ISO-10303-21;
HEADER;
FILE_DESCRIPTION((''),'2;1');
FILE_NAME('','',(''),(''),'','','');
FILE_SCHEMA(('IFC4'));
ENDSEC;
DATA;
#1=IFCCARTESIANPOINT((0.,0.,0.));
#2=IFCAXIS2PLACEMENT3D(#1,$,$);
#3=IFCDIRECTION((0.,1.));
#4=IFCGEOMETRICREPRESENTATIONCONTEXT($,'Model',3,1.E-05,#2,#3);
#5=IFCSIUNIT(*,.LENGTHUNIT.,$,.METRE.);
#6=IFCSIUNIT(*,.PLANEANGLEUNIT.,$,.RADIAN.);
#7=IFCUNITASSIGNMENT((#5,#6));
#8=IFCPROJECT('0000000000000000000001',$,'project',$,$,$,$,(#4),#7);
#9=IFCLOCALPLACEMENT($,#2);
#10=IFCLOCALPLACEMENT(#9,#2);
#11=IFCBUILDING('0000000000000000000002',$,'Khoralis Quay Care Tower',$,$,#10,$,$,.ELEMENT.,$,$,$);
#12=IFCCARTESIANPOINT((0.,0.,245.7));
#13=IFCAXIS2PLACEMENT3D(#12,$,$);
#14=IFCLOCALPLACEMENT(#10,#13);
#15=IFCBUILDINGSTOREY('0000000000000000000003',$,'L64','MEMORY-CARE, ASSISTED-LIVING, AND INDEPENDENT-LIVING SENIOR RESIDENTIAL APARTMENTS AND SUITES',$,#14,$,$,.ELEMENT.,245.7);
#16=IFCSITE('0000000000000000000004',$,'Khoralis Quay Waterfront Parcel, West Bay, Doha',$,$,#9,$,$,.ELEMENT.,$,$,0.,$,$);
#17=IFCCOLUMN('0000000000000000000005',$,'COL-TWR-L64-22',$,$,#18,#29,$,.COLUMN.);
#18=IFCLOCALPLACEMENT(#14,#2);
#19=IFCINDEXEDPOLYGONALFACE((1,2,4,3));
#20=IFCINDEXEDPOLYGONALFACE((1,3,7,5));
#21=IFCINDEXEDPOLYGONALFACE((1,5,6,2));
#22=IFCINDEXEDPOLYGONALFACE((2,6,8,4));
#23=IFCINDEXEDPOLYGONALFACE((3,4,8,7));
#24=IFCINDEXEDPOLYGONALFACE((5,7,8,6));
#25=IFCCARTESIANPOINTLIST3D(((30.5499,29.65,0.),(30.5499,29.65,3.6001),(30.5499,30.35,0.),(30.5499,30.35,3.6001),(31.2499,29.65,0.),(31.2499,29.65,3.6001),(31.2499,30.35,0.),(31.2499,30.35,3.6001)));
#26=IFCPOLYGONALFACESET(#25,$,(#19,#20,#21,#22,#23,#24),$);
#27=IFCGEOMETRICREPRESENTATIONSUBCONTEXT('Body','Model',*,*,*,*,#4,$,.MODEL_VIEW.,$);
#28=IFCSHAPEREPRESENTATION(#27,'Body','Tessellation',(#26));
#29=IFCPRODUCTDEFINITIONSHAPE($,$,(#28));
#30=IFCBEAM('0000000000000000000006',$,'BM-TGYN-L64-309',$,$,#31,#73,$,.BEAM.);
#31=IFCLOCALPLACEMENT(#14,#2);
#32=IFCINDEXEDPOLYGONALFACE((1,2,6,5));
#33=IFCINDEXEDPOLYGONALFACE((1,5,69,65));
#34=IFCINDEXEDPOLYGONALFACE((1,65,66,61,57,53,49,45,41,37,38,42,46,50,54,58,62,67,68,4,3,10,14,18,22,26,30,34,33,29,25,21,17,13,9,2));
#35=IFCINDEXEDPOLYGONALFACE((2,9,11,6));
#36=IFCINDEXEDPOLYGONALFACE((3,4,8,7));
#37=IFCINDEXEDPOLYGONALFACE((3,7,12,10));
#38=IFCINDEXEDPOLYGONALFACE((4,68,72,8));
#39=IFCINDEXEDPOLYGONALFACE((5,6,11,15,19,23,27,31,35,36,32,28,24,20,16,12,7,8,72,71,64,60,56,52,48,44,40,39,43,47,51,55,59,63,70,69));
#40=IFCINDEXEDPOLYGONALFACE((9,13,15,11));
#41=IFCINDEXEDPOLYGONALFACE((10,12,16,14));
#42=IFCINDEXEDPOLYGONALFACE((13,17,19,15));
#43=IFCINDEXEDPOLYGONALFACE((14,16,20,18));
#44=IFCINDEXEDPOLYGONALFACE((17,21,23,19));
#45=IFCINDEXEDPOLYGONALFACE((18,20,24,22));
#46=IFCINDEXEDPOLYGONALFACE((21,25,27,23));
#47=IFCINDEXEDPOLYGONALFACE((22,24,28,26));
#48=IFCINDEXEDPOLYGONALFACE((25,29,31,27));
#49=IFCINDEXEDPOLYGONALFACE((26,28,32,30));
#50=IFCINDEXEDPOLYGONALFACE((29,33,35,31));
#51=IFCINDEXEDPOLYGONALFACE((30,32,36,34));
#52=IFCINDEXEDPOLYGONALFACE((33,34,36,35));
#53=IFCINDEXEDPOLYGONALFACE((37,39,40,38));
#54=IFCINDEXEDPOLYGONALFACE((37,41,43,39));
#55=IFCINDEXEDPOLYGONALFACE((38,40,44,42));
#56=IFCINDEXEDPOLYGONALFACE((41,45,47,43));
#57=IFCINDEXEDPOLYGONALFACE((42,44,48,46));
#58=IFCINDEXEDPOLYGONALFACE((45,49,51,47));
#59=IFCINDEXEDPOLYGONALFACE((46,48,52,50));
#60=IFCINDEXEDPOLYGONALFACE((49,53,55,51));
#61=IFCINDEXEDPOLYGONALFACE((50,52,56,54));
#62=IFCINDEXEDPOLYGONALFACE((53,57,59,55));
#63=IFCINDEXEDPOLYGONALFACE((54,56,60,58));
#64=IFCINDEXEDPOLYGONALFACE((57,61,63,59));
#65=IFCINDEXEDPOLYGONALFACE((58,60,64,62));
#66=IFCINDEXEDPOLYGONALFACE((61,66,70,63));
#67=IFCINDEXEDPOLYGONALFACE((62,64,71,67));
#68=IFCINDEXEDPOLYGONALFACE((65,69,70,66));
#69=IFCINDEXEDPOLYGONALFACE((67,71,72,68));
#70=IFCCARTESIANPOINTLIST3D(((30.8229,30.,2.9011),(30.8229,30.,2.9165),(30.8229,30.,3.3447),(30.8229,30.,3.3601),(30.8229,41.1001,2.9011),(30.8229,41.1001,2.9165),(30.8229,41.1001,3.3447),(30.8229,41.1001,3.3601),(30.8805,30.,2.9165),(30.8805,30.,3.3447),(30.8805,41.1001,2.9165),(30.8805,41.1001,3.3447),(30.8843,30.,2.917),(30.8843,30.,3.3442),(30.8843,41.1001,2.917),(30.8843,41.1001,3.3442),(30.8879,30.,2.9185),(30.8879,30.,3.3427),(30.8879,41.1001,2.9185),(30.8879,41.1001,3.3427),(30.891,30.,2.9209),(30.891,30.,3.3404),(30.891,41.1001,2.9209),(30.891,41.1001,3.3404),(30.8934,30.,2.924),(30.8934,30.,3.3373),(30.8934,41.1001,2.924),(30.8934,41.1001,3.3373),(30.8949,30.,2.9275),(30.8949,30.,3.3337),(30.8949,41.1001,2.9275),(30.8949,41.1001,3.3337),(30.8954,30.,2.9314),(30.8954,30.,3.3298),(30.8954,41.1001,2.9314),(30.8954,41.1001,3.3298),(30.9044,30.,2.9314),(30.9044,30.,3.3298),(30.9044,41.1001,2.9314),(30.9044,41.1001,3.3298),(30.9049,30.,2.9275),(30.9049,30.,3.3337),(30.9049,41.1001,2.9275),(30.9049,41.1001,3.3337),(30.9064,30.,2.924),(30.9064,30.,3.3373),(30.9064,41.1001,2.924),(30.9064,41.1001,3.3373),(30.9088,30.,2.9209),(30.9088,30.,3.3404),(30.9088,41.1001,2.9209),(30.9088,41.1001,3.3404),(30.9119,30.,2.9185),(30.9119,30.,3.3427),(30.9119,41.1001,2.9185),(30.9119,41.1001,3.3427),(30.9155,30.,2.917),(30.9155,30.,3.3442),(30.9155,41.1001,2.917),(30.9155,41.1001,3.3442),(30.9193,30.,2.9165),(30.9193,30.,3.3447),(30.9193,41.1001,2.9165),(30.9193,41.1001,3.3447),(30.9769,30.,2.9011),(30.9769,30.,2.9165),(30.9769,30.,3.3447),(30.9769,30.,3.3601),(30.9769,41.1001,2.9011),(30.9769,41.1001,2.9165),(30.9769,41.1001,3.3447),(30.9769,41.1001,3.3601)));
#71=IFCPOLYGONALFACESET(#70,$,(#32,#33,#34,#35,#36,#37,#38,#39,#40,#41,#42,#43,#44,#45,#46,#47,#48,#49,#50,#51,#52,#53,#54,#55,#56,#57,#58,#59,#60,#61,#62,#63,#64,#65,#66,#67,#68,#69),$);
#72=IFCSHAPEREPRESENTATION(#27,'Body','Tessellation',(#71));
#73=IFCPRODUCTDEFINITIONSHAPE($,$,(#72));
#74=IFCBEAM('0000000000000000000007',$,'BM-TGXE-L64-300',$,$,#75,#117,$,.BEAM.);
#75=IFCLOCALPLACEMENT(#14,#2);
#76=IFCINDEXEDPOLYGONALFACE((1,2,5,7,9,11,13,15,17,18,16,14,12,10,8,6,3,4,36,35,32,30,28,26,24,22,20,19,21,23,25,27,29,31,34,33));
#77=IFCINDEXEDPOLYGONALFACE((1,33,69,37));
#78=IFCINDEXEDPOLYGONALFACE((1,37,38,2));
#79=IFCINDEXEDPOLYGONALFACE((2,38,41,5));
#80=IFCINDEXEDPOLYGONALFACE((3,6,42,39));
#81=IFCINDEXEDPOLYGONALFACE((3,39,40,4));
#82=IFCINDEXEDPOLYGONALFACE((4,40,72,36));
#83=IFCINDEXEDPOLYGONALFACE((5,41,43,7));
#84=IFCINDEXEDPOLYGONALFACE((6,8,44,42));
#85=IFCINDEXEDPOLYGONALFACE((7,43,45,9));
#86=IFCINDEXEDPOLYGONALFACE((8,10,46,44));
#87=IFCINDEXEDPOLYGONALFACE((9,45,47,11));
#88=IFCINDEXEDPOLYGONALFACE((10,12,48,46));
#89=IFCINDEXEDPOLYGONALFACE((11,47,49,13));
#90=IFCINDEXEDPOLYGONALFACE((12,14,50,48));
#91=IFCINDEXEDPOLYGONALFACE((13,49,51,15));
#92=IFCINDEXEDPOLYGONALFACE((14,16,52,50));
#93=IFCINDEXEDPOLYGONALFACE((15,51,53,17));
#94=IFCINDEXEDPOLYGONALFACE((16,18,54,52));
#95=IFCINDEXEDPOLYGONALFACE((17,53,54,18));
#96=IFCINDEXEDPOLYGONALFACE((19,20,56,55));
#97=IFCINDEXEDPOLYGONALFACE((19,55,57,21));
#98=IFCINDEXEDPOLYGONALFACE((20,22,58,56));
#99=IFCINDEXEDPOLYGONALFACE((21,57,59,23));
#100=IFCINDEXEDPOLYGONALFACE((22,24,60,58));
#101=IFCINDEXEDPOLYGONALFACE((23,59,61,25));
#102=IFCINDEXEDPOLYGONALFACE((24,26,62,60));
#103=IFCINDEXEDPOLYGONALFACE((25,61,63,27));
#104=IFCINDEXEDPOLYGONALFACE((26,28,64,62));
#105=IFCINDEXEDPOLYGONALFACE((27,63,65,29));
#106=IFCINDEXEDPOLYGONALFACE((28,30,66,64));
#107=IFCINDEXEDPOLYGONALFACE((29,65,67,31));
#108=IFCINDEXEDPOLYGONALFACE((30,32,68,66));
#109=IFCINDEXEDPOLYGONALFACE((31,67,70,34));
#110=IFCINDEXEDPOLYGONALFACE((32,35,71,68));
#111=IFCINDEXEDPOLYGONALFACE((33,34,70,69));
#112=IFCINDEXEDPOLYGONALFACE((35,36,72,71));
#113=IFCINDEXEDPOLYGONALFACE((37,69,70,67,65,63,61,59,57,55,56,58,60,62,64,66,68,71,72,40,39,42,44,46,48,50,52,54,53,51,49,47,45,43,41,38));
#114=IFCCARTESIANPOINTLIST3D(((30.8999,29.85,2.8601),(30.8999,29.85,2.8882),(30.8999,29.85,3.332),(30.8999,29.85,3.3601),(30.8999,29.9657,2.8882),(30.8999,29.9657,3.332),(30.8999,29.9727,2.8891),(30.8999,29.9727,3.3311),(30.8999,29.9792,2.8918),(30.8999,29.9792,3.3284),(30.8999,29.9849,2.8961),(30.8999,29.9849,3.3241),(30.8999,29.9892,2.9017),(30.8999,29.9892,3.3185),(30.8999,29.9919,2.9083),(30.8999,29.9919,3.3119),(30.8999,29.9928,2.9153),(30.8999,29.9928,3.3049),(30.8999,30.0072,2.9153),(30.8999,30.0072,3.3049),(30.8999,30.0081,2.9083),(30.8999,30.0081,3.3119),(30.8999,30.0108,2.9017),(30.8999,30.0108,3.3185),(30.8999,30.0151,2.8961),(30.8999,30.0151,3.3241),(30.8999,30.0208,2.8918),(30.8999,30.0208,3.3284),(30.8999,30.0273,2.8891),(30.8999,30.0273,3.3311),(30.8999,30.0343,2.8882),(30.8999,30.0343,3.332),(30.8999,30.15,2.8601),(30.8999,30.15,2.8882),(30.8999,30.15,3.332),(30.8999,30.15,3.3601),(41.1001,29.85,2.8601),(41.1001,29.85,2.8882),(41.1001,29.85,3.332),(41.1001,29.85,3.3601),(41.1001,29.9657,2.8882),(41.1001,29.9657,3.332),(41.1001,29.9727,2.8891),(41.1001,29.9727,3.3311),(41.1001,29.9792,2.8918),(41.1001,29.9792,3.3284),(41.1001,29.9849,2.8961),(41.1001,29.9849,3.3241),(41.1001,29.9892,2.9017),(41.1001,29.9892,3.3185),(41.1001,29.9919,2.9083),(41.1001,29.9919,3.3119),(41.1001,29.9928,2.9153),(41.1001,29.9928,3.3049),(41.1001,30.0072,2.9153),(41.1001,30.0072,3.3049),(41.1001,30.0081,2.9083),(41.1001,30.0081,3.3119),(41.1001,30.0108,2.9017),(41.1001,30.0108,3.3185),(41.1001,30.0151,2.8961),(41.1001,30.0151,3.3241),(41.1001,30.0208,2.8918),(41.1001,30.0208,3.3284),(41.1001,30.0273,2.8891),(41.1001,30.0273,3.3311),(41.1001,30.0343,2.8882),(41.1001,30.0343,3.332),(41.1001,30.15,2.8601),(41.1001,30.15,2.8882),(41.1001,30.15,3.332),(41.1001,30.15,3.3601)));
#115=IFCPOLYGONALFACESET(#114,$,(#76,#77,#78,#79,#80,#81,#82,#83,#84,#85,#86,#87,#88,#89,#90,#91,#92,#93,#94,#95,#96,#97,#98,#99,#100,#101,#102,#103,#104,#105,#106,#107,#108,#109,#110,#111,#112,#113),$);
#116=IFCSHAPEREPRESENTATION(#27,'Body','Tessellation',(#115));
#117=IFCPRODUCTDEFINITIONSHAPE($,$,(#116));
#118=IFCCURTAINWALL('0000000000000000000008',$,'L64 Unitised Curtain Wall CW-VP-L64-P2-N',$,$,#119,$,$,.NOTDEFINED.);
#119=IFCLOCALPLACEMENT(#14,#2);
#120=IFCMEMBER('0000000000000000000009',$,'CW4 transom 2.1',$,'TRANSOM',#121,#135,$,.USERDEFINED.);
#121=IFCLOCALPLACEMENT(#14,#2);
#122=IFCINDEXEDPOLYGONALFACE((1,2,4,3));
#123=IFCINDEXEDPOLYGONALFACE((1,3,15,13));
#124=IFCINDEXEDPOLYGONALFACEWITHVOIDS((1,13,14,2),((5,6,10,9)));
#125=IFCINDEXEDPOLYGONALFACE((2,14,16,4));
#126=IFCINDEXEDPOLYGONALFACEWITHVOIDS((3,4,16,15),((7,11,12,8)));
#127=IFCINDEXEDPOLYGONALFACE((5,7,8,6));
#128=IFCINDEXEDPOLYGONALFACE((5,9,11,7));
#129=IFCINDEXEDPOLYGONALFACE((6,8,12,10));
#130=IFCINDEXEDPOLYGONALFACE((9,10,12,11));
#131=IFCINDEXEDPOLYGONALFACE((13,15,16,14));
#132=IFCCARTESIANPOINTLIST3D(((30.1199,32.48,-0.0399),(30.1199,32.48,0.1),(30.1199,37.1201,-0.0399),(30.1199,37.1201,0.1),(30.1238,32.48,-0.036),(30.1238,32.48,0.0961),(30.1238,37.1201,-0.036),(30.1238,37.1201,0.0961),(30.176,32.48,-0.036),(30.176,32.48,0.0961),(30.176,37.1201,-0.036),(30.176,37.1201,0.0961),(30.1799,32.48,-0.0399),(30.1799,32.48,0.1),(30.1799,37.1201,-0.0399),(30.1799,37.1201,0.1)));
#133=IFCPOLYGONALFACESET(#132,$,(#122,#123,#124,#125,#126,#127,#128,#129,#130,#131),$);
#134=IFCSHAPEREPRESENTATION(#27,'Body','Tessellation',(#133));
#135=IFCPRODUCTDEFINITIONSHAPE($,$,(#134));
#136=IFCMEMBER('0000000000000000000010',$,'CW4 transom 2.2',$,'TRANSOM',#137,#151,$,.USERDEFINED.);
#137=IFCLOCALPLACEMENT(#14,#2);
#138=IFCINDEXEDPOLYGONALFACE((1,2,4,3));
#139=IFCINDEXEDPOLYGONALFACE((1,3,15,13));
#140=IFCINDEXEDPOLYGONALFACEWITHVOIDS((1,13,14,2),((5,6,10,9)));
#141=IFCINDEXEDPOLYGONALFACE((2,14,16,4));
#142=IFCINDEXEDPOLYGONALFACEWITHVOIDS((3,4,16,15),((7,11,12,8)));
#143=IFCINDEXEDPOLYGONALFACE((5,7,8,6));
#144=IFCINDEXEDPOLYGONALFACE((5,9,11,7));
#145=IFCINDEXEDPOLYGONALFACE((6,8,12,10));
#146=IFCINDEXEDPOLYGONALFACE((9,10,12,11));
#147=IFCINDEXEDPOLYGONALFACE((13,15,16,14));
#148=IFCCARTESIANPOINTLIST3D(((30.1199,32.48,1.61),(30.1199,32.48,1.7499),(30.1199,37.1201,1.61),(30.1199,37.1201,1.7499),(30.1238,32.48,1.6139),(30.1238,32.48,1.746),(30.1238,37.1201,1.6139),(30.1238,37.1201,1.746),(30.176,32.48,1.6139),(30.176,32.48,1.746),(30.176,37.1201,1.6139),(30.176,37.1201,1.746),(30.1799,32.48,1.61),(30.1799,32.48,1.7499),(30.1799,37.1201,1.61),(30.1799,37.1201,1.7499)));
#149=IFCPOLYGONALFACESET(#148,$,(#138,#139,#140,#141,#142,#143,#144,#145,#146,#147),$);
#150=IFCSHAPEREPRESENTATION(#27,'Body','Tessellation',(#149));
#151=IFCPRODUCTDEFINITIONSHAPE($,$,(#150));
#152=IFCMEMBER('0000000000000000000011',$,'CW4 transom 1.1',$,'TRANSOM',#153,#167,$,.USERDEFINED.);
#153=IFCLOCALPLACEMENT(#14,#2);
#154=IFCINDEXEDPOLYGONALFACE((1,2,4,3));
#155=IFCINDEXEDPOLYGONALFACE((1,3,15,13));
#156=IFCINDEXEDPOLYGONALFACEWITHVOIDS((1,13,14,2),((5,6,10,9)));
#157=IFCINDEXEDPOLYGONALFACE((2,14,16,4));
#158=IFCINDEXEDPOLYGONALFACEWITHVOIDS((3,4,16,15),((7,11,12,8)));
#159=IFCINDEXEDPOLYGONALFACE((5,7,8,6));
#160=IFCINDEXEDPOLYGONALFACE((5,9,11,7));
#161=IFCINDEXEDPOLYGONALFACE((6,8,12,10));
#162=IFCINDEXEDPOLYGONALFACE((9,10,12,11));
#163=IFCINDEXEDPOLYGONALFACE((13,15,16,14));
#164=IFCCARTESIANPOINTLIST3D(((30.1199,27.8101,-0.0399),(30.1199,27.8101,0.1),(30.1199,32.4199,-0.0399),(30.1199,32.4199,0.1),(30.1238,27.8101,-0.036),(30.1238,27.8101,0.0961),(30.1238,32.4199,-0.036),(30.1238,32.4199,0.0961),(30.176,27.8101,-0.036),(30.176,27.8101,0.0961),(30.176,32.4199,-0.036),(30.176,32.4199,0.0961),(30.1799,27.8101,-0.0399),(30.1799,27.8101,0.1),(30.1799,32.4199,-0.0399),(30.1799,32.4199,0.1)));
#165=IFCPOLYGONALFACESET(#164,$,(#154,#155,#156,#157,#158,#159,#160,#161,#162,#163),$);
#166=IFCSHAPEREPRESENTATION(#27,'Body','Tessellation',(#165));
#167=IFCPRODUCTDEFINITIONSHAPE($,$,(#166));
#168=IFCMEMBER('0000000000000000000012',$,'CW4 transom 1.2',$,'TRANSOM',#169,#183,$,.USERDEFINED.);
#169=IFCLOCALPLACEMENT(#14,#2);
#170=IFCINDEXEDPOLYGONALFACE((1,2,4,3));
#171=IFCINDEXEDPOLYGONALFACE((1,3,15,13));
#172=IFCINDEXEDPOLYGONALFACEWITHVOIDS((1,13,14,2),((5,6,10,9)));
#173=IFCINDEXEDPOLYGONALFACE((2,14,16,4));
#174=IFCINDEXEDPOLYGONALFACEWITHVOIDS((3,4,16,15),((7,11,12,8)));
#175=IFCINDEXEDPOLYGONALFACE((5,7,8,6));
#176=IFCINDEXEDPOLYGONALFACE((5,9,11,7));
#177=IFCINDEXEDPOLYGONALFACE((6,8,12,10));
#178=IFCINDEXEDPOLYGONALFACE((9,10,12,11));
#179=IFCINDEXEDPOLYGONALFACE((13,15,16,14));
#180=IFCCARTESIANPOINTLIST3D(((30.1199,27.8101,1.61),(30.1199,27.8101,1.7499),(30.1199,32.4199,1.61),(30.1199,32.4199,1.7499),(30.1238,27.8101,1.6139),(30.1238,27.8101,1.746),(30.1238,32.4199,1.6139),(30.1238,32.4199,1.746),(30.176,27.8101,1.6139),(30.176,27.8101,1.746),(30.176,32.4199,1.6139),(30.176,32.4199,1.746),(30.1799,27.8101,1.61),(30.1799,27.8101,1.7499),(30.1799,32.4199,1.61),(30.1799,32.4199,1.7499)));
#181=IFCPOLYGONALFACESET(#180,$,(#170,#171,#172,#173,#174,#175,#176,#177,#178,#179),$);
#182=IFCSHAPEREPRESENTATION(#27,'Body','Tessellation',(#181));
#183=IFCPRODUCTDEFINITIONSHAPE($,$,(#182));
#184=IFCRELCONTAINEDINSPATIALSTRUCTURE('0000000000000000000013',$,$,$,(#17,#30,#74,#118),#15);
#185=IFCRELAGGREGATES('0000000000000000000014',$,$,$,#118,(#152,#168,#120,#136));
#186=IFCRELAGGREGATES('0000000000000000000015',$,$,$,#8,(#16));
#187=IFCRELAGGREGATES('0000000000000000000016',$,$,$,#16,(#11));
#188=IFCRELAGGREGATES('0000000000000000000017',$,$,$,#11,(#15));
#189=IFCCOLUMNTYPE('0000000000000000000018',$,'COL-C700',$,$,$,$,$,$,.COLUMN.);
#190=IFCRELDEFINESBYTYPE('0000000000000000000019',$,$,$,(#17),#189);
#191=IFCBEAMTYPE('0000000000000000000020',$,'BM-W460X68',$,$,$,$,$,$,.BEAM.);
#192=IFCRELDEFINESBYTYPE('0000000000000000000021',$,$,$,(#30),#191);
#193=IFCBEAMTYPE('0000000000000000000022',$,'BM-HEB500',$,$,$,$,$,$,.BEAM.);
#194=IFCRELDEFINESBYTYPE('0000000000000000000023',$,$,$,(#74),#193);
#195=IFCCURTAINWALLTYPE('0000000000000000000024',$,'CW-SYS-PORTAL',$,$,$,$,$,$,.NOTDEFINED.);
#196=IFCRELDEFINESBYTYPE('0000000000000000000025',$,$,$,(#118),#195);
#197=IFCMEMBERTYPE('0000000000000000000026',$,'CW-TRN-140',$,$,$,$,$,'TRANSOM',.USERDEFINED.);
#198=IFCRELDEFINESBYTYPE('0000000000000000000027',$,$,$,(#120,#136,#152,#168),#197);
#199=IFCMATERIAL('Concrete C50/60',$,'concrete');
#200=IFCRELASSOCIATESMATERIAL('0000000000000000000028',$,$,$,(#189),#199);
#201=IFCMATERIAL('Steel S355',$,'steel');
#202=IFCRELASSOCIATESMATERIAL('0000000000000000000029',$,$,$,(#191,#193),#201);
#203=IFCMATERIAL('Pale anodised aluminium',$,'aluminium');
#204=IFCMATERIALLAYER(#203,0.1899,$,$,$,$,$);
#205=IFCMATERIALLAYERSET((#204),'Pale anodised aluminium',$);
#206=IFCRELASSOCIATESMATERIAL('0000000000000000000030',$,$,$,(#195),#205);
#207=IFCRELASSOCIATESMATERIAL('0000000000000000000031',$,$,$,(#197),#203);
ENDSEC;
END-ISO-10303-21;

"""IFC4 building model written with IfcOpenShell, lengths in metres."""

from ifc_helpers import new_model, si_unit, direction, frame, origin, origin_2d, place, context, subcontext, project, spatial, rectangle, hollow_rectangle, i_section, extrude, source, transform, mapped, material, layer, layer_set, material_profile, profile_set, type_object, element, aggregate, save


model = new_model("IFC4")

# Units and contexts
model_context = context("Model", 3, precision=1e-05, world=origin(), true_north=direction((0.0, 1.0)))
body_context = subcontext(model_context, "Body", "Model", "MODEL_VIEW")
ifc_project = project(units=[si_unit("LENGTHUNIT", "METRE"), si_unit("PLANEANGLEUNIT", "RADIAN")], contexts=[model_context])

# Site, building, storey
site_placement = place(None, origin())
site = spatial("IfcSite", under=ifc_project, at=site_placement, Name="Khoralis Quay Waterfront Parcel, West Bay, Doha", CompositionType="ELEMENT", RefElevation=0.0)
building_placement = place(site_placement, origin())
building = spatial("IfcBuilding", under=site, at=building_placement, Name="Khoralis Quay Care Tower", CompositionType="ELEMENT")
storey_placement = place(building_placement, frame((0.0, 0.0, 245.7)))
storey = spatial("IfcBuildingStorey", under=building, at=storey_placement, Name="L64", Description="MEMORY-CARE, ASSISTED-LIVING, AND INDEPENDENT-LIVING SENIOR RESIDENTIAL APARTMENTS AND SUITES", CompositionType="ELEMENT", Elevation=245.7)

# Column
ifc_material_1 = material(Name="Concrete C50/60", Category="concrete")
ifc_material_profile_1 = material_profile(ifc_material_1, rectangle(XDim=0.7, YDim=0.7, at=origin_2d()), Name="Concrete C50/60")
ifc_profile_set_1 = profile_set([ifc_material_profile_1], Name="Concrete C50/60")
column_type = type_object("IfcColumnType", Name="COL-C700", PredefinedType="COLUMN", material=ifc_profile_set_1)
shared_shape_1 = source(origin(), body_context, "Body", "SweptSolid", [
    extrude(rectangle(XDim=0.7, YDim=0.7, at=origin_2d()), origin(), (0.0, 0.0, 1.0), 3.6001),
])
column_placement = place(storey_placement, frame((30.8999, 30.0, 0.0), z_axis=(0.0, 0.0, 1.0), x_axis=(1.0, 0.0, 0.0)))
element("IfcColumn", 1, at=column_placement, inside=storey, type_object=column_type, Name="COL-TWR-L64-22", PredefinedType="COLUMN", context=body_context, shape_type="MappedRepresentation", body=[
    mapped(shared_shape_1, transform((0.0, 0.0, 0.0), scale=1.0)),
])

# Beams
ifc_material_2 = material(Name="Steel S355", Category="steel")
ifc_material_profile_2 = material_profile(ifc_material_2, i_section(OverallWidth=0.1541, OverallDepth=0.459, WebThickness=0.009, FlangeThickness=0.0154, FilletRadius=0.0149, at=origin_2d()), Name="Steel S355")
ifc_profile_set_2 = profile_set([ifc_material_profile_2], Name="Steel S355")
beam_type_1 = type_object("IfcBeamType", Name="BM-W460X68", PredefinedType="BEAM", material=ifc_profile_set_2)
shared_shape_2 = source(origin(), body_context, "Body", "SweptSolid", [
    extrude(i_section(OverallWidth=0.1541, OverallDepth=0.459, WebThickness=0.009, FlangeThickness=0.0154, FilletRadius=0.0149, at=origin_2d()), origin(), (0.0, 0.0, 1.0), 11.1001),
])
beam_1_placement = place(storey_placement, frame((30.8999, 30.0, 3.1306), z_axis=(0.0, 1.0, 0.0), x_axis=(-1.0, 0.0, 0.0)))
element("IfcBeam", 2, at=beam_1_placement, inside=storey, type_object=beam_type_1, Name="BM-TGYN-L64-309", PredefinedType="BEAM", context=body_context, shape_type="MappedRepresentation", body=[
    mapped(shared_shape_2, transform((0.0, 0.0, 0.0), scale=1.0)),
])
ifc_material_profile_3 = material_profile(ifc_material_2, i_section(OverallWidth=0.3, OverallDepth=0.5, WebThickness=0.0144, FlangeThickness=0.0281, FilletRadius=0.0271, at=origin_2d()), Name="Steel S355")
ifc_profile_set_3 = profile_set([ifc_material_profile_3], Name="Steel S355")
beam_type_2 = type_object("IfcBeamType", Name="BM-HEB500", PredefinedType="BEAM", material=ifc_profile_set_3)
shared_shape_3 = source(origin(), body_context, "Body", "SweptSolid", [
    extrude(i_section(OverallWidth=0.3, OverallDepth=0.5, WebThickness=0.0144, FlangeThickness=0.0281, FilletRadius=0.0271, at=origin_2d()), origin(), (0.0, 0.0, 1.0), 10.2002),
])
beam_2_placement = place(storey_placement, frame((30.8999, 30.0, 3.1101), z_axis=(1.0, 0.0, 0.0), x_axis=(0.0, 1.0, 0.0)))
element("IfcBeam", 3, at=beam_2_placement, inside=storey, type_object=beam_type_2, Name="BM-TGXE-L64-300", PredefinedType="BEAM", context=body_context, shape_type="MappedRepresentation", body=[
    mapped(shared_shape_3, transform((0.0, 0.0, 0.0), scale=1.0)),
])

# Curtain wall, members
ifc_material_3 = material(Name="Pale anodised aluminium", Category="aluminium")
ifc_layer_1 = layer(ifc_material_3, 0.1899)
ifc_layer_set_1 = layer_set([ifc_layer_1], Name="Pale anodised aluminium")
curtain_wall_type = type_object("IfcCurtainWallType", Name="CW-SYS-PORTAL", PredefinedType="NOTDEFINED", material=ifc_layer_set_1)
curtain_wall_placement = place(storey_placement, origin())
curtain_wall = element("IfcCurtainWall", 4, at=curtain_wall_placement, inside=storey, type_object=curtain_wall_type, Name="L64 Unitised Curtain Wall CW-VP-L64-P2-N", PredefinedType="NOTDEFINED")
ifc_material_profile_4 = material_profile(ifc_material_3, hollow_rectangle(XDim=0.0601, YDim=0.1399, WallThickness=0.0039, at=origin_2d()), Name="Pale anodised aluminium")
ifc_profile_set_4 = profile_set([ifc_material_profile_4], Name="Pale anodised aluminium")
member_type_1 = type_object("IfcMemberType", Name="CW-TRN-140", ElementType="TRANSOM", PredefinedType="USERDEFINED", material=ifc_profile_set_4)
shared_shape_4 = source(origin(), body_context, "Body", "SweptSolid", [
    extrude(hollow_rectangle(XDim=0.0601, YDim=0.1399, WallThickness=0.0039, at=origin_2d()), origin(), (0.0, 0.0, 1.0), 4.6401),
])
member_1_placement = place(storey_placement, frame((30.1499, 32.48, 0.03), z_axis=(0.0, 1.0, 0.0), x_axis=(-1.0, 0.0, 0.0)))
member_1 = element("IfcMember", 5, at=member_1_placement, type_object=member_type_1, Name="CW4 transom 2.1", ObjectType="TRANSOM", PredefinedType="USERDEFINED", context=body_context, shape_type="MappedRepresentation", body=[
    mapped(shared_shape_4, transform((0.0, 0.0, 0.0), scale=1.0)),
])
member_2_placement = place(storey_placement, frame((30.1499, 32.48, 1.6799), z_axis=(0.0, 1.0, 0.0), x_axis=(-1.0, 0.0, 0.0)))
member_2 = element("IfcMember", 6, at=member_2_placement, type_object=member_type_1, Name="CW4 transom 2.2", ObjectType="TRANSOM", PredefinedType="USERDEFINED", context=body_context, shape_type="MappedRepresentation", body=[
    mapped(shared_shape_4, transform((0.0, 0.0, 0.0), scale=1.0)),
])
shared_shape_5 = source(origin(), body_context, "Body", "SweptSolid", [
    extrude(hollow_rectangle(XDim=0.0601, YDim=0.1399, WallThickness=0.0039, at=origin_2d()), origin(), (0.0, 0.0, 1.0), 4.6099),
])
member_3_placement = place(storey_placement, frame((30.1499, 27.8101, 0.03), z_axis=(0.0, 1.0, 0.0), x_axis=(-1.0, 0.0, 0.0)))
member_3 = element("IfcMember", 7, at=member_3_placement, type_object=member_type_1, Name="CW4 transom 1.1", ObjectType="TRANSOM", PredefinedType="USERDEFINED", context=body_context, shape_type="MappedRepresentation", body=[
    mapped(shared_shape_5, transform((0.0, 0.0, 0.0), scale=1.0)),
])
member_4_placement = place(storey_placement, frame((30.1499, 27.8101, 1.6799), z_axis=(0.0, 1.0, 0.0), x_axis=(-1.0, 0.0, 0.0)))
member_4 = element("IfcMember", 8, at=member_4_placement, type_object=member_type_1, Name="CW4 transom 1.2", ObjectType="TRANSOM", PredefinedType="USERDEFINED", context=body_context, shape_type="MappedRepresentation", body=[
    mapped(shared_shape_5, transform((0.0, 0.0, 0.0), scale=1.0)),
])
aggregate(curtain_wall, [member_3, member_4, member_1, member_2])

save(model, "model.ifc")
